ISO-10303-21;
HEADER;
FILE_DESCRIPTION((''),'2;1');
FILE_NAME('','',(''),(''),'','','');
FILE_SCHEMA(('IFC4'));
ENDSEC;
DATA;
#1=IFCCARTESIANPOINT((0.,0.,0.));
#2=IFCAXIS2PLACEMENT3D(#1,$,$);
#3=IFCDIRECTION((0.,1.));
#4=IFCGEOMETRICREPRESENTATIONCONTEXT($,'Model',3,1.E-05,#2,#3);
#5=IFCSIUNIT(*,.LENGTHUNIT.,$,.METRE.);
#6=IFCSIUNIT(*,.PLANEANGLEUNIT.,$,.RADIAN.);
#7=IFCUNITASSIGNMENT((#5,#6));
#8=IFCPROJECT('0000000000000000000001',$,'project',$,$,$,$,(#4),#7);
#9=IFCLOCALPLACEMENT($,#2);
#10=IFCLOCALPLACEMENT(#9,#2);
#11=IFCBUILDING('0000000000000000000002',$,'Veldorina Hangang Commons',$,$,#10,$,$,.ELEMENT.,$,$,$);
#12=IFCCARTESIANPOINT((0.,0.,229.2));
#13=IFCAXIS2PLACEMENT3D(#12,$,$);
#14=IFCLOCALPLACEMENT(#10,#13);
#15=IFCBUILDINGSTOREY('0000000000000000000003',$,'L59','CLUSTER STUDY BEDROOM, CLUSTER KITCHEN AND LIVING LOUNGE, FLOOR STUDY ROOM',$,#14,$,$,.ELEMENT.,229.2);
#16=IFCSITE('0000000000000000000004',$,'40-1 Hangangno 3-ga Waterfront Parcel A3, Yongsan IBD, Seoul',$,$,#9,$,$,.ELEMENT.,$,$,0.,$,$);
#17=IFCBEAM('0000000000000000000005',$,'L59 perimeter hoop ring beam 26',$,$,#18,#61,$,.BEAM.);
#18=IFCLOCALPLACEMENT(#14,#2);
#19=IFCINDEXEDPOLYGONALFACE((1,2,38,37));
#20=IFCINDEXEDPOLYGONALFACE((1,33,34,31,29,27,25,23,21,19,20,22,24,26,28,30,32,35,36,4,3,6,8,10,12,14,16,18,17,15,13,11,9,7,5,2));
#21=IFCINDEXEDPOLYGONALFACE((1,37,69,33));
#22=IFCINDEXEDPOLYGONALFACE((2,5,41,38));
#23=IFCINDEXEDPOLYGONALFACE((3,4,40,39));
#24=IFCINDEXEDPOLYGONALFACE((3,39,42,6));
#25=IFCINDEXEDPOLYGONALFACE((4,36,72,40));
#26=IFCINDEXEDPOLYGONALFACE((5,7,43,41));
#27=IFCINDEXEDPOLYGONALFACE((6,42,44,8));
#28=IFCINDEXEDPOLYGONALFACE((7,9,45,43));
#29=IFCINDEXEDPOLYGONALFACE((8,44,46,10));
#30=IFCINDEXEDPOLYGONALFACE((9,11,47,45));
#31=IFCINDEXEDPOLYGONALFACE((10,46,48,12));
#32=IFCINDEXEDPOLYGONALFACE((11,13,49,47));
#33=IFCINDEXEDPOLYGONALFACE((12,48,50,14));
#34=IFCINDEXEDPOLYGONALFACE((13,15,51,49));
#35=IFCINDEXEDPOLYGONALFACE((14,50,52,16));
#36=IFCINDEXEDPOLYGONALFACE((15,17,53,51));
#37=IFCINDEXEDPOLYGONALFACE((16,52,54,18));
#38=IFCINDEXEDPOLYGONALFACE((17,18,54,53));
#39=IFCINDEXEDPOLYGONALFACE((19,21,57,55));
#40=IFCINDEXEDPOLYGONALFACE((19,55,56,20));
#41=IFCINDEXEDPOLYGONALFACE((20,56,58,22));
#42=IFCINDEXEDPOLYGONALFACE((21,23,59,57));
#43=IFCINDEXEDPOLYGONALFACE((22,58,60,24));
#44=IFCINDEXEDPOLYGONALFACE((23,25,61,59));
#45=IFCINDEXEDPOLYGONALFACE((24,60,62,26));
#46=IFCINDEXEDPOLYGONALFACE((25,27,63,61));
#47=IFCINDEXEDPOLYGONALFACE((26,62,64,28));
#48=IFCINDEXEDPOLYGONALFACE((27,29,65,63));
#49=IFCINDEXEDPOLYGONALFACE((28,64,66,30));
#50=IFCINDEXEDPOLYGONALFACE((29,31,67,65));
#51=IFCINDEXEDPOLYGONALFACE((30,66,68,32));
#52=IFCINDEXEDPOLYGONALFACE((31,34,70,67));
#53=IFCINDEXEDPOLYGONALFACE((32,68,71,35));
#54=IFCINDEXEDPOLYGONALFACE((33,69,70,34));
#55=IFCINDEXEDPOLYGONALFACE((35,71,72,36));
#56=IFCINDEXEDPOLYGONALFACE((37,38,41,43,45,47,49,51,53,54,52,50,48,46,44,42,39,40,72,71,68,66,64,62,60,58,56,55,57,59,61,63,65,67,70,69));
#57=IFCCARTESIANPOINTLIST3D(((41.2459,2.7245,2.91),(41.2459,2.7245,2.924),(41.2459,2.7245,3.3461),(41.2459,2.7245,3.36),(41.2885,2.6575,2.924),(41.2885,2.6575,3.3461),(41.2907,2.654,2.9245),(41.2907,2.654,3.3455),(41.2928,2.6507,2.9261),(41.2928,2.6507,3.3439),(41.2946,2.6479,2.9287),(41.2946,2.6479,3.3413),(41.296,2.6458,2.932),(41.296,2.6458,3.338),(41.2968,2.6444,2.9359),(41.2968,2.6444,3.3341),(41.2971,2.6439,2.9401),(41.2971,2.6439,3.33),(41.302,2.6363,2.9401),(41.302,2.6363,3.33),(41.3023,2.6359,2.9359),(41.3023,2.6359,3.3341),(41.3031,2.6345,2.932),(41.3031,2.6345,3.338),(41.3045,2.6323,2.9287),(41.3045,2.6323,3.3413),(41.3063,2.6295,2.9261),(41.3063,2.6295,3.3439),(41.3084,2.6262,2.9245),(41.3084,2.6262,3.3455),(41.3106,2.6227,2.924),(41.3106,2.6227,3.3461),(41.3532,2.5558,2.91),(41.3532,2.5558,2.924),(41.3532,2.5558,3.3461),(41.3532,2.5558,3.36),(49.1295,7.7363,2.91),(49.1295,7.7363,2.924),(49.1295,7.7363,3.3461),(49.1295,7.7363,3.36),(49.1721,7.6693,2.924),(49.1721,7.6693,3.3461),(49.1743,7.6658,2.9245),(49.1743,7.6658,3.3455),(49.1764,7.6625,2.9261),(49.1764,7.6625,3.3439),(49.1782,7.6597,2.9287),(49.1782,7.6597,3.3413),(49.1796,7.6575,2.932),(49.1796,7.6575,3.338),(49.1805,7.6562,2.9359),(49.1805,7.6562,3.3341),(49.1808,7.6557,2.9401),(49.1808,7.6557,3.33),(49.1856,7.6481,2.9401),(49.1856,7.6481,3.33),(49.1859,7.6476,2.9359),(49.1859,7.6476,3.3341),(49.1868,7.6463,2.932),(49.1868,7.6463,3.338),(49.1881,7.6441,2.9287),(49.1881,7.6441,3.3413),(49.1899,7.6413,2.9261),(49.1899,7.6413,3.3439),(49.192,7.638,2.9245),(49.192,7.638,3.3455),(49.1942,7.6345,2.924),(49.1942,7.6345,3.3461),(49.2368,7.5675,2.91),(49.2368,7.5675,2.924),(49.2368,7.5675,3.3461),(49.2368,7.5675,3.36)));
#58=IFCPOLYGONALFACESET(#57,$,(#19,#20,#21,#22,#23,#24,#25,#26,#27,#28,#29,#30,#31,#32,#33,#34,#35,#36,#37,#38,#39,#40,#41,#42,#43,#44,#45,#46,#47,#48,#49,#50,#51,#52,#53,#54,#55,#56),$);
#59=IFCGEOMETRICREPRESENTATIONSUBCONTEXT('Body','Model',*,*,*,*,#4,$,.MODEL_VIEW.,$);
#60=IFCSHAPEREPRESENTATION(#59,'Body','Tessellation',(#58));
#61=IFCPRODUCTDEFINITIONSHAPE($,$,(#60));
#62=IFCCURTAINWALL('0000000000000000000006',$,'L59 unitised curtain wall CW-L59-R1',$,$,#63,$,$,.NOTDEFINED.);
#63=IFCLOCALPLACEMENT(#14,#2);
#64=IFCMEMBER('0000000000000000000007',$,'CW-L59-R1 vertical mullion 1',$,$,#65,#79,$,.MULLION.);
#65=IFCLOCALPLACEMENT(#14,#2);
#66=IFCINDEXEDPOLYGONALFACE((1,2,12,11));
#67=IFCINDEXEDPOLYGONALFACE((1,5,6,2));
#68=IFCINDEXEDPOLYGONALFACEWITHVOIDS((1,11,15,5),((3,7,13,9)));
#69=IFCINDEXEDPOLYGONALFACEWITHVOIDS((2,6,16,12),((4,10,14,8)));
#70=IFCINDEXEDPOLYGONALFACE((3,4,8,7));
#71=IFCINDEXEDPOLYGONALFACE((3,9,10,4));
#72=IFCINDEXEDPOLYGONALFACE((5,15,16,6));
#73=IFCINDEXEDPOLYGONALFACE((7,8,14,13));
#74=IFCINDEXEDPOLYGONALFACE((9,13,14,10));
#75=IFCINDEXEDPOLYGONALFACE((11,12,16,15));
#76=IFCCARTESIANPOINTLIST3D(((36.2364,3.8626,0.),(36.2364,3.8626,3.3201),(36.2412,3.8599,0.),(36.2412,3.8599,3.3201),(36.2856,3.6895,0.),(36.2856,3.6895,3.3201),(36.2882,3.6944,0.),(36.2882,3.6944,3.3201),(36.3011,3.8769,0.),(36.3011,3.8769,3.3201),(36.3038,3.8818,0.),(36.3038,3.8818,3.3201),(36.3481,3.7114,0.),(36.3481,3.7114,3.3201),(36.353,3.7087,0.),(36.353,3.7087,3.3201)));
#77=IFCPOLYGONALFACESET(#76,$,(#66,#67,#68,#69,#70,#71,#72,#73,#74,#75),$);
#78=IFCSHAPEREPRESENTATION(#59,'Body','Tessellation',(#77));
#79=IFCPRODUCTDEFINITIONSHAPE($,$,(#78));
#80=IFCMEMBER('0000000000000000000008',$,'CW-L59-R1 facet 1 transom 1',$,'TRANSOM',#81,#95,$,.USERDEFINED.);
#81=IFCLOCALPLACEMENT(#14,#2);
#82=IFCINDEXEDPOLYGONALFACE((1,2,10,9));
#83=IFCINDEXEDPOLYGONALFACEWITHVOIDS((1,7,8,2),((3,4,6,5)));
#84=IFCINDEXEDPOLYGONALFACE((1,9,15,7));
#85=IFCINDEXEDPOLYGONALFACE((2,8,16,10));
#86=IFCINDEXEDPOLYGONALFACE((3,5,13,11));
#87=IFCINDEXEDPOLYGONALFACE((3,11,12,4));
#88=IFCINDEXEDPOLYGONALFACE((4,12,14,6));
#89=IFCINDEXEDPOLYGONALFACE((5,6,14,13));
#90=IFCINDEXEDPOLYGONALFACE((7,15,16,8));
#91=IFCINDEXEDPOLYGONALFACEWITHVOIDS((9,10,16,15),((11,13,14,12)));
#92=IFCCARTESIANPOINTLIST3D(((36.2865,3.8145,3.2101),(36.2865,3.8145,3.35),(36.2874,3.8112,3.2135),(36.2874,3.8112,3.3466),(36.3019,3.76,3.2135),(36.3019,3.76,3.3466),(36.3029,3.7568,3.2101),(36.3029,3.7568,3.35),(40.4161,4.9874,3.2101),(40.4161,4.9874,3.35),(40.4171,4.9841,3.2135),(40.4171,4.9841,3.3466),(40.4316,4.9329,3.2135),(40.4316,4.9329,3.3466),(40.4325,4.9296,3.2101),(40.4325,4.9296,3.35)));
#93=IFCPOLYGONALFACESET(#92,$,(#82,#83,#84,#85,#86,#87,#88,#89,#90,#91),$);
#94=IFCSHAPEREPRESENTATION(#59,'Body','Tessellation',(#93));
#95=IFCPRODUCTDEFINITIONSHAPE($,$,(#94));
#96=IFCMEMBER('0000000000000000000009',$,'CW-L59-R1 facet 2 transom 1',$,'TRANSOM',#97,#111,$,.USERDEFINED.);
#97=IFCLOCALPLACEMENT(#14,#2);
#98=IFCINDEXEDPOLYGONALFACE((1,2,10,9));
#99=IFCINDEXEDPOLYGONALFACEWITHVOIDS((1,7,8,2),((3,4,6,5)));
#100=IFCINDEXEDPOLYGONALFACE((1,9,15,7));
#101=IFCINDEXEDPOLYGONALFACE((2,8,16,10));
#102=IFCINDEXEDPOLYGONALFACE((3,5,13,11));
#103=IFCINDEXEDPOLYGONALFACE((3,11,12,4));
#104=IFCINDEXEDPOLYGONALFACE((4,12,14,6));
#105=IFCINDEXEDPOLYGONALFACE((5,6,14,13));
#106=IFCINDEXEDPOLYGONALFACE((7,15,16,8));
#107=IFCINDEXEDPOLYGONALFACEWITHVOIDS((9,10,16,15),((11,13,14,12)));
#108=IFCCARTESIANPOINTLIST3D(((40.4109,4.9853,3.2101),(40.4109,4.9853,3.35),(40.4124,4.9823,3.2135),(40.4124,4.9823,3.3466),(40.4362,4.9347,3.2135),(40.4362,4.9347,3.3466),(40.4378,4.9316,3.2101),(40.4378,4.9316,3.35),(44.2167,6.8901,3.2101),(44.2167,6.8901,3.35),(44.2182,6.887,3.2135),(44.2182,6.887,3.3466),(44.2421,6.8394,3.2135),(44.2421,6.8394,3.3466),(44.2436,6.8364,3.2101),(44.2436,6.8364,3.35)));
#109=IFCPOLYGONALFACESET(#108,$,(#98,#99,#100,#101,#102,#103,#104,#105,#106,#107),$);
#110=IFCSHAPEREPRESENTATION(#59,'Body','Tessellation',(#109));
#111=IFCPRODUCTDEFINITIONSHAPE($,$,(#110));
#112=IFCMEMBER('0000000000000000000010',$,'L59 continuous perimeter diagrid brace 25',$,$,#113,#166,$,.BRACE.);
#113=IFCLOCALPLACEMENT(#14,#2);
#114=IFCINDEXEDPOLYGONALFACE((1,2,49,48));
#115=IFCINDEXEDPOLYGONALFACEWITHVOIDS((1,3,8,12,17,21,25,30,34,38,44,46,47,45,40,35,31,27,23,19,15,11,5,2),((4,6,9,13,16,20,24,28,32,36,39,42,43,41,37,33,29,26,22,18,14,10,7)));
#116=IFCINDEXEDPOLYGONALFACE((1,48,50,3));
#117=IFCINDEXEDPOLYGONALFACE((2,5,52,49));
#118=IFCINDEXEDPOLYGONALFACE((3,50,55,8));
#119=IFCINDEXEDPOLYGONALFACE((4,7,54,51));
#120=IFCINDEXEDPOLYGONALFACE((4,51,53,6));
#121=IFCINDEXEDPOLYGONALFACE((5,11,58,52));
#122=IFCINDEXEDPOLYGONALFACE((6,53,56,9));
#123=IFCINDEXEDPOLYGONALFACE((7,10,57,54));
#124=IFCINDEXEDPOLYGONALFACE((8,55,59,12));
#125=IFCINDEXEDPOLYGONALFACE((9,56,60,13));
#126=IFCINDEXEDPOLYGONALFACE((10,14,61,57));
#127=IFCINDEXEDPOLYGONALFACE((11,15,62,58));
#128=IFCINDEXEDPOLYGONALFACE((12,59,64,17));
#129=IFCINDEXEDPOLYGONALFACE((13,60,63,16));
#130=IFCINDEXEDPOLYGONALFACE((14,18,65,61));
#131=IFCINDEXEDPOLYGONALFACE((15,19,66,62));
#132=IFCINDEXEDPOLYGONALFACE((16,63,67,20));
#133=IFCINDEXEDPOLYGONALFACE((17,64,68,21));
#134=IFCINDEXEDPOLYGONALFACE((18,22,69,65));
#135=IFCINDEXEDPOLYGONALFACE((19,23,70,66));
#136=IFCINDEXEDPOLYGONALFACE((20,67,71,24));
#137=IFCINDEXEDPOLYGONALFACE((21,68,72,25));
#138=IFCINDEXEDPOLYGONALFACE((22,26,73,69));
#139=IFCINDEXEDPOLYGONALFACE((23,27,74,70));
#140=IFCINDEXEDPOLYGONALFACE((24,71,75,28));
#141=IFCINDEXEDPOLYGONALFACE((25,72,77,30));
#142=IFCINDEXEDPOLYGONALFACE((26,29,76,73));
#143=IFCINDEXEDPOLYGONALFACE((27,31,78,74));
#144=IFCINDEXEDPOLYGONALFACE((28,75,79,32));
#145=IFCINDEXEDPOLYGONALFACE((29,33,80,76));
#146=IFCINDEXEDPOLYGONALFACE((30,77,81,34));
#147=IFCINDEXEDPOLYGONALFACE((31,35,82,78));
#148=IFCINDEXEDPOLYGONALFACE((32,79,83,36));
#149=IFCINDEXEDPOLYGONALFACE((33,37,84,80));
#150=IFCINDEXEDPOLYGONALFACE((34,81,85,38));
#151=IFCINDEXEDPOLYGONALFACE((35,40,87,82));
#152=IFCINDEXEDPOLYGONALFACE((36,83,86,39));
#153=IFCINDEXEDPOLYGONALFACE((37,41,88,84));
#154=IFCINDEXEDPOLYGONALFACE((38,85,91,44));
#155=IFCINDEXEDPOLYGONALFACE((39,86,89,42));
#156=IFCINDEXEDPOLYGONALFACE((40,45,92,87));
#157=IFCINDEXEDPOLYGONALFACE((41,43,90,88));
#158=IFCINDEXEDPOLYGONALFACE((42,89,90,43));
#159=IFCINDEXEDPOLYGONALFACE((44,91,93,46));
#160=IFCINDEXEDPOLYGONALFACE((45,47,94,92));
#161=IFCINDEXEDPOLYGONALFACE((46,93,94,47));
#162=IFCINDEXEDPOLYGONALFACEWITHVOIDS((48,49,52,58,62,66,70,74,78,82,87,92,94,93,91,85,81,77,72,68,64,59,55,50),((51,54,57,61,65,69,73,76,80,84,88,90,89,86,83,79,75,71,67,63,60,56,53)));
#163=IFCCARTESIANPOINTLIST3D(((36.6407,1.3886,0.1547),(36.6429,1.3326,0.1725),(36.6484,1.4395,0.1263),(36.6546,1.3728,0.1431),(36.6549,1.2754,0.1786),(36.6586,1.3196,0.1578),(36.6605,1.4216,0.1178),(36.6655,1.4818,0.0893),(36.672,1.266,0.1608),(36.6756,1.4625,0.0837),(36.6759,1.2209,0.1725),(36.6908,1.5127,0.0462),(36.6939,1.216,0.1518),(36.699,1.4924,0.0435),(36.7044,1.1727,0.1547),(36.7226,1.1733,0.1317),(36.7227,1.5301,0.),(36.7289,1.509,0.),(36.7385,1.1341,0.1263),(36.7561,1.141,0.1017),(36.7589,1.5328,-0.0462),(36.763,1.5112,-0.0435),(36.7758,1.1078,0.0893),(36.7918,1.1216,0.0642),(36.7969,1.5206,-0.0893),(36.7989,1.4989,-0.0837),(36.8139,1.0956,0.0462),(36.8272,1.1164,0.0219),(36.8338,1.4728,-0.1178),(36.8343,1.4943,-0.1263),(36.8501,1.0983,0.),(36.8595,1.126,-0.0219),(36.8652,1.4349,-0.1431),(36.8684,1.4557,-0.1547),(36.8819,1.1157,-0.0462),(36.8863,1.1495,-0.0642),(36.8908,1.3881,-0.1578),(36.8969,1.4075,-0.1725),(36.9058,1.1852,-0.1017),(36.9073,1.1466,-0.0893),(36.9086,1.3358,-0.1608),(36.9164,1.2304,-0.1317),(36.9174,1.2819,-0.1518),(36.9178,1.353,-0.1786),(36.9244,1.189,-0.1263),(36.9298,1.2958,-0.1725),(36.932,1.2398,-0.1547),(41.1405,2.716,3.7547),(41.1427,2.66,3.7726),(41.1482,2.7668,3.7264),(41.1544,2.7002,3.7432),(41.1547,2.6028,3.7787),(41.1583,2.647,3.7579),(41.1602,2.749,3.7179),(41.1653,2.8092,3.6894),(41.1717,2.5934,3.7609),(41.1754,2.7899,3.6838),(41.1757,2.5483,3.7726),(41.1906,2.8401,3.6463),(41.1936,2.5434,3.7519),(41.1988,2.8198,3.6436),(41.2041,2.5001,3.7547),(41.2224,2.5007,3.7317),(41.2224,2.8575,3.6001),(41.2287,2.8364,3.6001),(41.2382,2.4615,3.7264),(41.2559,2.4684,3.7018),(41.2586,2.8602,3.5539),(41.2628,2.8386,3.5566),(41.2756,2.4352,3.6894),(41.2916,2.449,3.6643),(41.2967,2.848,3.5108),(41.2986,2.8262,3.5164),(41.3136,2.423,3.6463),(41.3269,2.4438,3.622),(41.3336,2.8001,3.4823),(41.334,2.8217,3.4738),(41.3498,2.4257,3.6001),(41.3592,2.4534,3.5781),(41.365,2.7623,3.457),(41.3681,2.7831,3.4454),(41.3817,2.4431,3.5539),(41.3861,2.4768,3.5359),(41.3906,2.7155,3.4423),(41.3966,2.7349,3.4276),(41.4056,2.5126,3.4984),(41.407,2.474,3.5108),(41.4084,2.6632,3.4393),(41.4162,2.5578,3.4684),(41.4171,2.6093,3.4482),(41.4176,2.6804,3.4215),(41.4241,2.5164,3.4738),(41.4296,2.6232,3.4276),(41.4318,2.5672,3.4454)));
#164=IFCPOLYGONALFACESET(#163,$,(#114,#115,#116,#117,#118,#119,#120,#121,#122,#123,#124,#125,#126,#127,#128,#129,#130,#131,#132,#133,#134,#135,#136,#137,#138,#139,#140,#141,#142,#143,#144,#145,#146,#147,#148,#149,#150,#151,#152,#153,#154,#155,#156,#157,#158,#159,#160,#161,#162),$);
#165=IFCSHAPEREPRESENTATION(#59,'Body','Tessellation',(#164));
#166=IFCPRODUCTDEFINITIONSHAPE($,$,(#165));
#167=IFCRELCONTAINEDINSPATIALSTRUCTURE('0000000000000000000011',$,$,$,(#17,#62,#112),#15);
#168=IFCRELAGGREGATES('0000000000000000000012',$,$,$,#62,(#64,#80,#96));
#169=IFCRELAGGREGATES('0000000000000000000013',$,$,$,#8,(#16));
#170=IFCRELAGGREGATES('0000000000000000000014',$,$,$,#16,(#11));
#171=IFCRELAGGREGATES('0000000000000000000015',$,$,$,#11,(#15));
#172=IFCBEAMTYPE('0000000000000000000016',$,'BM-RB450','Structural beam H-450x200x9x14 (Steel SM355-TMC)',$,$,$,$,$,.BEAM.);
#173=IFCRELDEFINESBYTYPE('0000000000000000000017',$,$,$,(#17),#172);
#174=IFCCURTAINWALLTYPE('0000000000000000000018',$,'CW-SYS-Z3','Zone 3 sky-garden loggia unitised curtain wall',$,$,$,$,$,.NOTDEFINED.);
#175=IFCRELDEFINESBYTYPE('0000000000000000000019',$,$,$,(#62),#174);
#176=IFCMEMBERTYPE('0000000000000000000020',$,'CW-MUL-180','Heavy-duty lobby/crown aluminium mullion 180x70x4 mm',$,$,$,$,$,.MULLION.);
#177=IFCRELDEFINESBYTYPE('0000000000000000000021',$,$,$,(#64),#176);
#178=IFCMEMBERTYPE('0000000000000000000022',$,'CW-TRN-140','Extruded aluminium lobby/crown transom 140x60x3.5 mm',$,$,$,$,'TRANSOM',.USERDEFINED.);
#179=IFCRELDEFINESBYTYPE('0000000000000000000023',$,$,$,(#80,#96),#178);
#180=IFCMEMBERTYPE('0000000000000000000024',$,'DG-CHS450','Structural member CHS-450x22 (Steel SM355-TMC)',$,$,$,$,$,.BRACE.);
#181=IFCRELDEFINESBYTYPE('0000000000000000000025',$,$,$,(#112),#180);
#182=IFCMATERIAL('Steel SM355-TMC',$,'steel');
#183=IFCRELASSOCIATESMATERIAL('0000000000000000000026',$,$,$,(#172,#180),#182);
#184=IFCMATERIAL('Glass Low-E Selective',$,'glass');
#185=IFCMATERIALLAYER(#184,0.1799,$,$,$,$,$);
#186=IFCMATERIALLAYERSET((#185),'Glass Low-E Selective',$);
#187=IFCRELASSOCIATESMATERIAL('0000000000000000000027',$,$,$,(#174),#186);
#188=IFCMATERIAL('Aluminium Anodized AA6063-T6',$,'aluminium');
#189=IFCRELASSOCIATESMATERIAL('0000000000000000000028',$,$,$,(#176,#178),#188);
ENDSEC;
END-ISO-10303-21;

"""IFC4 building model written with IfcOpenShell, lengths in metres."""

from ifc_helpers import new_model, si_unit, direction, frame, origin, origin_2d, place, context, subcontext, project, spatial, hollow_rectangle, hollow_circle, i_section, extrude, material, layer, layer_set, material_profile, profile_set, type_object, element, aggregate, save


model = new_model("IFC4")

# Units and contexts
model_context = context("Model", 3, precision=1e-05, world=origin(), true_north=direction((0.0, 1.0)))
body_context = subcontext(model_context, "Body", "Model", "MODEL_VIEW")
ifc_project = project(units=[si_unit("LENGTHUNIT", "METRE"), si_unit("PLANEANGLEUNIT", "RADIAN")], contexts=[model_context])

# Site, building, storey
site_placement = place(None, origin())
site = spatial("IfcSite", under=ifc_project, at=site_placement, Name="40-1 Hangangno 3-ga Waterfront Parcel A3, Yongsan IBD, Seoul", CompositionType="ELEMENT", RefElevation=0.0)
building_placement = place(site_placement, origin())
building = spatial("IfcBuilding", under=site, at=building_placement, Name="Veldorina Hangang Commons", CompositionType="ELEMENT")
storey_placement = place(building_placement, frame((0.0, 0.0, 229.2)))
storey = spatial("IfcBuildingStorey", under=building, at=storey_placement, Name="L59", Description="CLUSTER STUDY BEDROOM, CLUSTER KITCHEN AND LIVING LOUNGE, FLOOR STUDY ROOM", CompositionType="ELEMENT", Elevation=229.2)

# Beam
ifc_material_1 = material(Name="Steel SM355-TMC", Category="steel")
ifc_material_profile_1 = material_profile(ifc_material_1, i_section(OverallWidth=0.2, OverallDepth=0.45, WebThickness=0.009, FlangeThickness=0.0139, FilletRadius=0.0161, at=origin_2d()), Name="H-450x200x9x14")
ifc_profile_set_1 = profile_set([ifc_material_profile_1], Name="Steel SM355-TMC")
beam_type = type_object("IfcBeamType", Name="BM-RB450", Description="Structural beam H-450x200x9x14 (Steel SM355-TMC)", PredefinedType="BEAM", material=ifc_profile_set_1)
beam_placement = place(storey_placement, frame((41.2996, 2.6401, 3.135), z_axis=(0.843908, 0.536488, 0.0), x_axis=(-0.536488, 0.843908, 0.0)))
element("IfcBeam", 1, at=beam_placement, inside=storey, type_object=beam_type, Name="L59 perimeter hoop ring beam 26", PredefinedType="BEAM", context=body_context, shape_type="SweptSolid", body=[
    extrude(i_section(OverallWidth=0.2, OverallDepth=0.45, WebThickness=0.009, FlangeThickness=0.0139, FilletRadius=0.0161, at=origin_2d()), origin(), (0.0, 0.0, 1.0), 9.3418),
])

# Curtain wall, members
ifc_material_2 = material(Name="Glass Low-E Selective", Category="glass")
ifc_layer_1 = layer(ifc_material_2, 0.1799)
ifc_layer_set_1 = layer_set([ifc_layer_1], Name="Glass Low-E Selective")
curtain_wall_type = type_object("IfcCurtainWallType", Name="CW-SYS-Z3", Description="Zone 3 sky-garden loggia unitised curtain wall", PredefinedType="NOTDEFINED", material=ifc_layer_set_1)
curtain_wall_placement = place(storey_placement, origin())
curtain_wall = element("IfcCurtainWall", 2, at=curtain_wall_placement, inside=storey, type_object=curtain_wall_type, Name="L59 unitised curtain wall CW-L59-R1", PredefinedType="NOTDEFINED")
ifc_material_3 = material(Name="Aluminium Anodized AA6063-T6", Category="aluminium")
ifc_material_profile_2 = material_profile(ifc_material_3, hollow_rectangle(XDim=0.0701, YDim=0.1799, WallThickness=0.0039, at=origin_2d()), Name="ALU-RHS-180x70x4")
ifc_profile_set_2 = profile_set([ifc_material_profile_2], Name="Aluminium Anodized AA6063-T6")
member_type_1 = type_object("IfcMemberType", Name="CW-MUL-180", Description="Heavy-duty lobby/crown aluminium mullion 180x70x4 mm", PredefinedType="MULLION", material=ifc_profile_set_2)
member_1_placement = place(storey_placement, frame((36.2947, 3.7856, 0.0), z_axis=(0.0, 0.0, 1.0), x_axis=(0.961956, 0.273204, 0.0)))
member_1 = element("IfcMember", 3, at=member_1_placement, type_object=member_type_1, Name="CW-L59-R1 vertical mullion 1", PredefinedType="MULLION", context=body_context, shape_type="SweptSolid", body=[
    extrude(hollow_rectangle(XDim=0.0701, YDim=0.1799, WallThickness=0.0039, at=origin_2d()), origin(), (0.0, 0.0, 1.0), 3.3201),
])
ifc_material_profile_3 = material_profile(ifc_material_3, hollow_rectangle(XDim=0.0601, YDim=0.1399, WallThickness=0.0034, at=origin_2d()), Name="ALU-RHS-140x60x3.5")
ifc_profile_set_3 = profile_set([ifc_material_profile_3], Name="Aluminium Anodized AA6063-T6")
member_type_2 = type_object("IfcMemberType", Name="CW-TRN-140", Description="Extruded aluminium lobby/crown transom 140x60x3.5 mm", ElementType="TRANSOM", PredefinedType="USERDEFINED", material=ifc_profile_set_3)
member_2_placement = place(storey_placement, frame((36.2947, 3.7856, 3.28), z_axis=(0.961956, 0.273204, 0.0), x_axis=(-0.273204, 0.961956, 0.0)))
member_2 = element("IfcMember", 4, at=member_2_placement, type_object=member_type_2, Name="CW-L59-R1 facet 1 transom 1", ObjectType="TRANSOM", PredefinedType="USERDEFINED", context=body_context, shape_type="SweptSolid", body=[
    extrude(hollow_rectangle(XDim=0.0601, YDim=0.1399, WallThickness=0.0034, at=origin_2d()), origin(), (0.0, 0.0, 1.0), 4.293),
])
member_3_placement = place(storey_placement, frame((40.4243, 4.9585, 3.28), z_axis=(0.894255, 0.447558, 0.0), x_axis=(-0.447558, 0.894255, 0.0)))
member_3 = element("IfcMember", 5, at=member_3_placement, type_object=member_type_2, Name="CW-L59-R1 facet 2 transom 1", ObjectType="TRANSOM", PredefinedType="USERDEFINED", context=body_context, shape_type="SweptSolid", body=[
    extrude(hollow_rectangle(XDim=0.0601, YDim=0.1399, WallThickness=0.0034, at=origin_2d()), origin(), (0.0, 0.0, 1.0), 4.2559),
])

# Member
ifc_material_profile_4 = material_profile(ifc_material_1, hollow_circle(Radius=0.2251, WallThickness=0.022, at=origin_2d()), Name="CHS-450x22")
ifc_profile_set_4 = profile_set([ifc_material_profile_4], Name="Steel SM355-TMC")
member_type_3 = type_object("IfcMemberType", Name="DG-CHS450", Description="Structural member CHS-450x22 (Steel SM355-TMC)", PredefinedType="BRACE", material=ifc_profile_set_4)
member_4_placement = place(storey_placement, frame((36.7864, 1.3142, 0.0), z_axis=(0.760919, 0.224465, 0.608784), x_axis=(-0.282938, 0.959138, 0.0)))
element("IfcMember", 6, at=member_4_placement, inside=storey, type_object=member_type_3, Name="L59 continuous perimeter diagrid brace 25", PredefinedType="BRACE", context=body_context, shape_type="SweptSolid", body=[
    extrude(hollow_circle(Radius=0.2251, WallThickness=0.022, at=origin_2d()), origin(), (0.0, 0.0, 1.0), 5.9136),
])

aggregate(curtain_wall, [member_1, member_2, member_3])

save(model, "model.ifc")
